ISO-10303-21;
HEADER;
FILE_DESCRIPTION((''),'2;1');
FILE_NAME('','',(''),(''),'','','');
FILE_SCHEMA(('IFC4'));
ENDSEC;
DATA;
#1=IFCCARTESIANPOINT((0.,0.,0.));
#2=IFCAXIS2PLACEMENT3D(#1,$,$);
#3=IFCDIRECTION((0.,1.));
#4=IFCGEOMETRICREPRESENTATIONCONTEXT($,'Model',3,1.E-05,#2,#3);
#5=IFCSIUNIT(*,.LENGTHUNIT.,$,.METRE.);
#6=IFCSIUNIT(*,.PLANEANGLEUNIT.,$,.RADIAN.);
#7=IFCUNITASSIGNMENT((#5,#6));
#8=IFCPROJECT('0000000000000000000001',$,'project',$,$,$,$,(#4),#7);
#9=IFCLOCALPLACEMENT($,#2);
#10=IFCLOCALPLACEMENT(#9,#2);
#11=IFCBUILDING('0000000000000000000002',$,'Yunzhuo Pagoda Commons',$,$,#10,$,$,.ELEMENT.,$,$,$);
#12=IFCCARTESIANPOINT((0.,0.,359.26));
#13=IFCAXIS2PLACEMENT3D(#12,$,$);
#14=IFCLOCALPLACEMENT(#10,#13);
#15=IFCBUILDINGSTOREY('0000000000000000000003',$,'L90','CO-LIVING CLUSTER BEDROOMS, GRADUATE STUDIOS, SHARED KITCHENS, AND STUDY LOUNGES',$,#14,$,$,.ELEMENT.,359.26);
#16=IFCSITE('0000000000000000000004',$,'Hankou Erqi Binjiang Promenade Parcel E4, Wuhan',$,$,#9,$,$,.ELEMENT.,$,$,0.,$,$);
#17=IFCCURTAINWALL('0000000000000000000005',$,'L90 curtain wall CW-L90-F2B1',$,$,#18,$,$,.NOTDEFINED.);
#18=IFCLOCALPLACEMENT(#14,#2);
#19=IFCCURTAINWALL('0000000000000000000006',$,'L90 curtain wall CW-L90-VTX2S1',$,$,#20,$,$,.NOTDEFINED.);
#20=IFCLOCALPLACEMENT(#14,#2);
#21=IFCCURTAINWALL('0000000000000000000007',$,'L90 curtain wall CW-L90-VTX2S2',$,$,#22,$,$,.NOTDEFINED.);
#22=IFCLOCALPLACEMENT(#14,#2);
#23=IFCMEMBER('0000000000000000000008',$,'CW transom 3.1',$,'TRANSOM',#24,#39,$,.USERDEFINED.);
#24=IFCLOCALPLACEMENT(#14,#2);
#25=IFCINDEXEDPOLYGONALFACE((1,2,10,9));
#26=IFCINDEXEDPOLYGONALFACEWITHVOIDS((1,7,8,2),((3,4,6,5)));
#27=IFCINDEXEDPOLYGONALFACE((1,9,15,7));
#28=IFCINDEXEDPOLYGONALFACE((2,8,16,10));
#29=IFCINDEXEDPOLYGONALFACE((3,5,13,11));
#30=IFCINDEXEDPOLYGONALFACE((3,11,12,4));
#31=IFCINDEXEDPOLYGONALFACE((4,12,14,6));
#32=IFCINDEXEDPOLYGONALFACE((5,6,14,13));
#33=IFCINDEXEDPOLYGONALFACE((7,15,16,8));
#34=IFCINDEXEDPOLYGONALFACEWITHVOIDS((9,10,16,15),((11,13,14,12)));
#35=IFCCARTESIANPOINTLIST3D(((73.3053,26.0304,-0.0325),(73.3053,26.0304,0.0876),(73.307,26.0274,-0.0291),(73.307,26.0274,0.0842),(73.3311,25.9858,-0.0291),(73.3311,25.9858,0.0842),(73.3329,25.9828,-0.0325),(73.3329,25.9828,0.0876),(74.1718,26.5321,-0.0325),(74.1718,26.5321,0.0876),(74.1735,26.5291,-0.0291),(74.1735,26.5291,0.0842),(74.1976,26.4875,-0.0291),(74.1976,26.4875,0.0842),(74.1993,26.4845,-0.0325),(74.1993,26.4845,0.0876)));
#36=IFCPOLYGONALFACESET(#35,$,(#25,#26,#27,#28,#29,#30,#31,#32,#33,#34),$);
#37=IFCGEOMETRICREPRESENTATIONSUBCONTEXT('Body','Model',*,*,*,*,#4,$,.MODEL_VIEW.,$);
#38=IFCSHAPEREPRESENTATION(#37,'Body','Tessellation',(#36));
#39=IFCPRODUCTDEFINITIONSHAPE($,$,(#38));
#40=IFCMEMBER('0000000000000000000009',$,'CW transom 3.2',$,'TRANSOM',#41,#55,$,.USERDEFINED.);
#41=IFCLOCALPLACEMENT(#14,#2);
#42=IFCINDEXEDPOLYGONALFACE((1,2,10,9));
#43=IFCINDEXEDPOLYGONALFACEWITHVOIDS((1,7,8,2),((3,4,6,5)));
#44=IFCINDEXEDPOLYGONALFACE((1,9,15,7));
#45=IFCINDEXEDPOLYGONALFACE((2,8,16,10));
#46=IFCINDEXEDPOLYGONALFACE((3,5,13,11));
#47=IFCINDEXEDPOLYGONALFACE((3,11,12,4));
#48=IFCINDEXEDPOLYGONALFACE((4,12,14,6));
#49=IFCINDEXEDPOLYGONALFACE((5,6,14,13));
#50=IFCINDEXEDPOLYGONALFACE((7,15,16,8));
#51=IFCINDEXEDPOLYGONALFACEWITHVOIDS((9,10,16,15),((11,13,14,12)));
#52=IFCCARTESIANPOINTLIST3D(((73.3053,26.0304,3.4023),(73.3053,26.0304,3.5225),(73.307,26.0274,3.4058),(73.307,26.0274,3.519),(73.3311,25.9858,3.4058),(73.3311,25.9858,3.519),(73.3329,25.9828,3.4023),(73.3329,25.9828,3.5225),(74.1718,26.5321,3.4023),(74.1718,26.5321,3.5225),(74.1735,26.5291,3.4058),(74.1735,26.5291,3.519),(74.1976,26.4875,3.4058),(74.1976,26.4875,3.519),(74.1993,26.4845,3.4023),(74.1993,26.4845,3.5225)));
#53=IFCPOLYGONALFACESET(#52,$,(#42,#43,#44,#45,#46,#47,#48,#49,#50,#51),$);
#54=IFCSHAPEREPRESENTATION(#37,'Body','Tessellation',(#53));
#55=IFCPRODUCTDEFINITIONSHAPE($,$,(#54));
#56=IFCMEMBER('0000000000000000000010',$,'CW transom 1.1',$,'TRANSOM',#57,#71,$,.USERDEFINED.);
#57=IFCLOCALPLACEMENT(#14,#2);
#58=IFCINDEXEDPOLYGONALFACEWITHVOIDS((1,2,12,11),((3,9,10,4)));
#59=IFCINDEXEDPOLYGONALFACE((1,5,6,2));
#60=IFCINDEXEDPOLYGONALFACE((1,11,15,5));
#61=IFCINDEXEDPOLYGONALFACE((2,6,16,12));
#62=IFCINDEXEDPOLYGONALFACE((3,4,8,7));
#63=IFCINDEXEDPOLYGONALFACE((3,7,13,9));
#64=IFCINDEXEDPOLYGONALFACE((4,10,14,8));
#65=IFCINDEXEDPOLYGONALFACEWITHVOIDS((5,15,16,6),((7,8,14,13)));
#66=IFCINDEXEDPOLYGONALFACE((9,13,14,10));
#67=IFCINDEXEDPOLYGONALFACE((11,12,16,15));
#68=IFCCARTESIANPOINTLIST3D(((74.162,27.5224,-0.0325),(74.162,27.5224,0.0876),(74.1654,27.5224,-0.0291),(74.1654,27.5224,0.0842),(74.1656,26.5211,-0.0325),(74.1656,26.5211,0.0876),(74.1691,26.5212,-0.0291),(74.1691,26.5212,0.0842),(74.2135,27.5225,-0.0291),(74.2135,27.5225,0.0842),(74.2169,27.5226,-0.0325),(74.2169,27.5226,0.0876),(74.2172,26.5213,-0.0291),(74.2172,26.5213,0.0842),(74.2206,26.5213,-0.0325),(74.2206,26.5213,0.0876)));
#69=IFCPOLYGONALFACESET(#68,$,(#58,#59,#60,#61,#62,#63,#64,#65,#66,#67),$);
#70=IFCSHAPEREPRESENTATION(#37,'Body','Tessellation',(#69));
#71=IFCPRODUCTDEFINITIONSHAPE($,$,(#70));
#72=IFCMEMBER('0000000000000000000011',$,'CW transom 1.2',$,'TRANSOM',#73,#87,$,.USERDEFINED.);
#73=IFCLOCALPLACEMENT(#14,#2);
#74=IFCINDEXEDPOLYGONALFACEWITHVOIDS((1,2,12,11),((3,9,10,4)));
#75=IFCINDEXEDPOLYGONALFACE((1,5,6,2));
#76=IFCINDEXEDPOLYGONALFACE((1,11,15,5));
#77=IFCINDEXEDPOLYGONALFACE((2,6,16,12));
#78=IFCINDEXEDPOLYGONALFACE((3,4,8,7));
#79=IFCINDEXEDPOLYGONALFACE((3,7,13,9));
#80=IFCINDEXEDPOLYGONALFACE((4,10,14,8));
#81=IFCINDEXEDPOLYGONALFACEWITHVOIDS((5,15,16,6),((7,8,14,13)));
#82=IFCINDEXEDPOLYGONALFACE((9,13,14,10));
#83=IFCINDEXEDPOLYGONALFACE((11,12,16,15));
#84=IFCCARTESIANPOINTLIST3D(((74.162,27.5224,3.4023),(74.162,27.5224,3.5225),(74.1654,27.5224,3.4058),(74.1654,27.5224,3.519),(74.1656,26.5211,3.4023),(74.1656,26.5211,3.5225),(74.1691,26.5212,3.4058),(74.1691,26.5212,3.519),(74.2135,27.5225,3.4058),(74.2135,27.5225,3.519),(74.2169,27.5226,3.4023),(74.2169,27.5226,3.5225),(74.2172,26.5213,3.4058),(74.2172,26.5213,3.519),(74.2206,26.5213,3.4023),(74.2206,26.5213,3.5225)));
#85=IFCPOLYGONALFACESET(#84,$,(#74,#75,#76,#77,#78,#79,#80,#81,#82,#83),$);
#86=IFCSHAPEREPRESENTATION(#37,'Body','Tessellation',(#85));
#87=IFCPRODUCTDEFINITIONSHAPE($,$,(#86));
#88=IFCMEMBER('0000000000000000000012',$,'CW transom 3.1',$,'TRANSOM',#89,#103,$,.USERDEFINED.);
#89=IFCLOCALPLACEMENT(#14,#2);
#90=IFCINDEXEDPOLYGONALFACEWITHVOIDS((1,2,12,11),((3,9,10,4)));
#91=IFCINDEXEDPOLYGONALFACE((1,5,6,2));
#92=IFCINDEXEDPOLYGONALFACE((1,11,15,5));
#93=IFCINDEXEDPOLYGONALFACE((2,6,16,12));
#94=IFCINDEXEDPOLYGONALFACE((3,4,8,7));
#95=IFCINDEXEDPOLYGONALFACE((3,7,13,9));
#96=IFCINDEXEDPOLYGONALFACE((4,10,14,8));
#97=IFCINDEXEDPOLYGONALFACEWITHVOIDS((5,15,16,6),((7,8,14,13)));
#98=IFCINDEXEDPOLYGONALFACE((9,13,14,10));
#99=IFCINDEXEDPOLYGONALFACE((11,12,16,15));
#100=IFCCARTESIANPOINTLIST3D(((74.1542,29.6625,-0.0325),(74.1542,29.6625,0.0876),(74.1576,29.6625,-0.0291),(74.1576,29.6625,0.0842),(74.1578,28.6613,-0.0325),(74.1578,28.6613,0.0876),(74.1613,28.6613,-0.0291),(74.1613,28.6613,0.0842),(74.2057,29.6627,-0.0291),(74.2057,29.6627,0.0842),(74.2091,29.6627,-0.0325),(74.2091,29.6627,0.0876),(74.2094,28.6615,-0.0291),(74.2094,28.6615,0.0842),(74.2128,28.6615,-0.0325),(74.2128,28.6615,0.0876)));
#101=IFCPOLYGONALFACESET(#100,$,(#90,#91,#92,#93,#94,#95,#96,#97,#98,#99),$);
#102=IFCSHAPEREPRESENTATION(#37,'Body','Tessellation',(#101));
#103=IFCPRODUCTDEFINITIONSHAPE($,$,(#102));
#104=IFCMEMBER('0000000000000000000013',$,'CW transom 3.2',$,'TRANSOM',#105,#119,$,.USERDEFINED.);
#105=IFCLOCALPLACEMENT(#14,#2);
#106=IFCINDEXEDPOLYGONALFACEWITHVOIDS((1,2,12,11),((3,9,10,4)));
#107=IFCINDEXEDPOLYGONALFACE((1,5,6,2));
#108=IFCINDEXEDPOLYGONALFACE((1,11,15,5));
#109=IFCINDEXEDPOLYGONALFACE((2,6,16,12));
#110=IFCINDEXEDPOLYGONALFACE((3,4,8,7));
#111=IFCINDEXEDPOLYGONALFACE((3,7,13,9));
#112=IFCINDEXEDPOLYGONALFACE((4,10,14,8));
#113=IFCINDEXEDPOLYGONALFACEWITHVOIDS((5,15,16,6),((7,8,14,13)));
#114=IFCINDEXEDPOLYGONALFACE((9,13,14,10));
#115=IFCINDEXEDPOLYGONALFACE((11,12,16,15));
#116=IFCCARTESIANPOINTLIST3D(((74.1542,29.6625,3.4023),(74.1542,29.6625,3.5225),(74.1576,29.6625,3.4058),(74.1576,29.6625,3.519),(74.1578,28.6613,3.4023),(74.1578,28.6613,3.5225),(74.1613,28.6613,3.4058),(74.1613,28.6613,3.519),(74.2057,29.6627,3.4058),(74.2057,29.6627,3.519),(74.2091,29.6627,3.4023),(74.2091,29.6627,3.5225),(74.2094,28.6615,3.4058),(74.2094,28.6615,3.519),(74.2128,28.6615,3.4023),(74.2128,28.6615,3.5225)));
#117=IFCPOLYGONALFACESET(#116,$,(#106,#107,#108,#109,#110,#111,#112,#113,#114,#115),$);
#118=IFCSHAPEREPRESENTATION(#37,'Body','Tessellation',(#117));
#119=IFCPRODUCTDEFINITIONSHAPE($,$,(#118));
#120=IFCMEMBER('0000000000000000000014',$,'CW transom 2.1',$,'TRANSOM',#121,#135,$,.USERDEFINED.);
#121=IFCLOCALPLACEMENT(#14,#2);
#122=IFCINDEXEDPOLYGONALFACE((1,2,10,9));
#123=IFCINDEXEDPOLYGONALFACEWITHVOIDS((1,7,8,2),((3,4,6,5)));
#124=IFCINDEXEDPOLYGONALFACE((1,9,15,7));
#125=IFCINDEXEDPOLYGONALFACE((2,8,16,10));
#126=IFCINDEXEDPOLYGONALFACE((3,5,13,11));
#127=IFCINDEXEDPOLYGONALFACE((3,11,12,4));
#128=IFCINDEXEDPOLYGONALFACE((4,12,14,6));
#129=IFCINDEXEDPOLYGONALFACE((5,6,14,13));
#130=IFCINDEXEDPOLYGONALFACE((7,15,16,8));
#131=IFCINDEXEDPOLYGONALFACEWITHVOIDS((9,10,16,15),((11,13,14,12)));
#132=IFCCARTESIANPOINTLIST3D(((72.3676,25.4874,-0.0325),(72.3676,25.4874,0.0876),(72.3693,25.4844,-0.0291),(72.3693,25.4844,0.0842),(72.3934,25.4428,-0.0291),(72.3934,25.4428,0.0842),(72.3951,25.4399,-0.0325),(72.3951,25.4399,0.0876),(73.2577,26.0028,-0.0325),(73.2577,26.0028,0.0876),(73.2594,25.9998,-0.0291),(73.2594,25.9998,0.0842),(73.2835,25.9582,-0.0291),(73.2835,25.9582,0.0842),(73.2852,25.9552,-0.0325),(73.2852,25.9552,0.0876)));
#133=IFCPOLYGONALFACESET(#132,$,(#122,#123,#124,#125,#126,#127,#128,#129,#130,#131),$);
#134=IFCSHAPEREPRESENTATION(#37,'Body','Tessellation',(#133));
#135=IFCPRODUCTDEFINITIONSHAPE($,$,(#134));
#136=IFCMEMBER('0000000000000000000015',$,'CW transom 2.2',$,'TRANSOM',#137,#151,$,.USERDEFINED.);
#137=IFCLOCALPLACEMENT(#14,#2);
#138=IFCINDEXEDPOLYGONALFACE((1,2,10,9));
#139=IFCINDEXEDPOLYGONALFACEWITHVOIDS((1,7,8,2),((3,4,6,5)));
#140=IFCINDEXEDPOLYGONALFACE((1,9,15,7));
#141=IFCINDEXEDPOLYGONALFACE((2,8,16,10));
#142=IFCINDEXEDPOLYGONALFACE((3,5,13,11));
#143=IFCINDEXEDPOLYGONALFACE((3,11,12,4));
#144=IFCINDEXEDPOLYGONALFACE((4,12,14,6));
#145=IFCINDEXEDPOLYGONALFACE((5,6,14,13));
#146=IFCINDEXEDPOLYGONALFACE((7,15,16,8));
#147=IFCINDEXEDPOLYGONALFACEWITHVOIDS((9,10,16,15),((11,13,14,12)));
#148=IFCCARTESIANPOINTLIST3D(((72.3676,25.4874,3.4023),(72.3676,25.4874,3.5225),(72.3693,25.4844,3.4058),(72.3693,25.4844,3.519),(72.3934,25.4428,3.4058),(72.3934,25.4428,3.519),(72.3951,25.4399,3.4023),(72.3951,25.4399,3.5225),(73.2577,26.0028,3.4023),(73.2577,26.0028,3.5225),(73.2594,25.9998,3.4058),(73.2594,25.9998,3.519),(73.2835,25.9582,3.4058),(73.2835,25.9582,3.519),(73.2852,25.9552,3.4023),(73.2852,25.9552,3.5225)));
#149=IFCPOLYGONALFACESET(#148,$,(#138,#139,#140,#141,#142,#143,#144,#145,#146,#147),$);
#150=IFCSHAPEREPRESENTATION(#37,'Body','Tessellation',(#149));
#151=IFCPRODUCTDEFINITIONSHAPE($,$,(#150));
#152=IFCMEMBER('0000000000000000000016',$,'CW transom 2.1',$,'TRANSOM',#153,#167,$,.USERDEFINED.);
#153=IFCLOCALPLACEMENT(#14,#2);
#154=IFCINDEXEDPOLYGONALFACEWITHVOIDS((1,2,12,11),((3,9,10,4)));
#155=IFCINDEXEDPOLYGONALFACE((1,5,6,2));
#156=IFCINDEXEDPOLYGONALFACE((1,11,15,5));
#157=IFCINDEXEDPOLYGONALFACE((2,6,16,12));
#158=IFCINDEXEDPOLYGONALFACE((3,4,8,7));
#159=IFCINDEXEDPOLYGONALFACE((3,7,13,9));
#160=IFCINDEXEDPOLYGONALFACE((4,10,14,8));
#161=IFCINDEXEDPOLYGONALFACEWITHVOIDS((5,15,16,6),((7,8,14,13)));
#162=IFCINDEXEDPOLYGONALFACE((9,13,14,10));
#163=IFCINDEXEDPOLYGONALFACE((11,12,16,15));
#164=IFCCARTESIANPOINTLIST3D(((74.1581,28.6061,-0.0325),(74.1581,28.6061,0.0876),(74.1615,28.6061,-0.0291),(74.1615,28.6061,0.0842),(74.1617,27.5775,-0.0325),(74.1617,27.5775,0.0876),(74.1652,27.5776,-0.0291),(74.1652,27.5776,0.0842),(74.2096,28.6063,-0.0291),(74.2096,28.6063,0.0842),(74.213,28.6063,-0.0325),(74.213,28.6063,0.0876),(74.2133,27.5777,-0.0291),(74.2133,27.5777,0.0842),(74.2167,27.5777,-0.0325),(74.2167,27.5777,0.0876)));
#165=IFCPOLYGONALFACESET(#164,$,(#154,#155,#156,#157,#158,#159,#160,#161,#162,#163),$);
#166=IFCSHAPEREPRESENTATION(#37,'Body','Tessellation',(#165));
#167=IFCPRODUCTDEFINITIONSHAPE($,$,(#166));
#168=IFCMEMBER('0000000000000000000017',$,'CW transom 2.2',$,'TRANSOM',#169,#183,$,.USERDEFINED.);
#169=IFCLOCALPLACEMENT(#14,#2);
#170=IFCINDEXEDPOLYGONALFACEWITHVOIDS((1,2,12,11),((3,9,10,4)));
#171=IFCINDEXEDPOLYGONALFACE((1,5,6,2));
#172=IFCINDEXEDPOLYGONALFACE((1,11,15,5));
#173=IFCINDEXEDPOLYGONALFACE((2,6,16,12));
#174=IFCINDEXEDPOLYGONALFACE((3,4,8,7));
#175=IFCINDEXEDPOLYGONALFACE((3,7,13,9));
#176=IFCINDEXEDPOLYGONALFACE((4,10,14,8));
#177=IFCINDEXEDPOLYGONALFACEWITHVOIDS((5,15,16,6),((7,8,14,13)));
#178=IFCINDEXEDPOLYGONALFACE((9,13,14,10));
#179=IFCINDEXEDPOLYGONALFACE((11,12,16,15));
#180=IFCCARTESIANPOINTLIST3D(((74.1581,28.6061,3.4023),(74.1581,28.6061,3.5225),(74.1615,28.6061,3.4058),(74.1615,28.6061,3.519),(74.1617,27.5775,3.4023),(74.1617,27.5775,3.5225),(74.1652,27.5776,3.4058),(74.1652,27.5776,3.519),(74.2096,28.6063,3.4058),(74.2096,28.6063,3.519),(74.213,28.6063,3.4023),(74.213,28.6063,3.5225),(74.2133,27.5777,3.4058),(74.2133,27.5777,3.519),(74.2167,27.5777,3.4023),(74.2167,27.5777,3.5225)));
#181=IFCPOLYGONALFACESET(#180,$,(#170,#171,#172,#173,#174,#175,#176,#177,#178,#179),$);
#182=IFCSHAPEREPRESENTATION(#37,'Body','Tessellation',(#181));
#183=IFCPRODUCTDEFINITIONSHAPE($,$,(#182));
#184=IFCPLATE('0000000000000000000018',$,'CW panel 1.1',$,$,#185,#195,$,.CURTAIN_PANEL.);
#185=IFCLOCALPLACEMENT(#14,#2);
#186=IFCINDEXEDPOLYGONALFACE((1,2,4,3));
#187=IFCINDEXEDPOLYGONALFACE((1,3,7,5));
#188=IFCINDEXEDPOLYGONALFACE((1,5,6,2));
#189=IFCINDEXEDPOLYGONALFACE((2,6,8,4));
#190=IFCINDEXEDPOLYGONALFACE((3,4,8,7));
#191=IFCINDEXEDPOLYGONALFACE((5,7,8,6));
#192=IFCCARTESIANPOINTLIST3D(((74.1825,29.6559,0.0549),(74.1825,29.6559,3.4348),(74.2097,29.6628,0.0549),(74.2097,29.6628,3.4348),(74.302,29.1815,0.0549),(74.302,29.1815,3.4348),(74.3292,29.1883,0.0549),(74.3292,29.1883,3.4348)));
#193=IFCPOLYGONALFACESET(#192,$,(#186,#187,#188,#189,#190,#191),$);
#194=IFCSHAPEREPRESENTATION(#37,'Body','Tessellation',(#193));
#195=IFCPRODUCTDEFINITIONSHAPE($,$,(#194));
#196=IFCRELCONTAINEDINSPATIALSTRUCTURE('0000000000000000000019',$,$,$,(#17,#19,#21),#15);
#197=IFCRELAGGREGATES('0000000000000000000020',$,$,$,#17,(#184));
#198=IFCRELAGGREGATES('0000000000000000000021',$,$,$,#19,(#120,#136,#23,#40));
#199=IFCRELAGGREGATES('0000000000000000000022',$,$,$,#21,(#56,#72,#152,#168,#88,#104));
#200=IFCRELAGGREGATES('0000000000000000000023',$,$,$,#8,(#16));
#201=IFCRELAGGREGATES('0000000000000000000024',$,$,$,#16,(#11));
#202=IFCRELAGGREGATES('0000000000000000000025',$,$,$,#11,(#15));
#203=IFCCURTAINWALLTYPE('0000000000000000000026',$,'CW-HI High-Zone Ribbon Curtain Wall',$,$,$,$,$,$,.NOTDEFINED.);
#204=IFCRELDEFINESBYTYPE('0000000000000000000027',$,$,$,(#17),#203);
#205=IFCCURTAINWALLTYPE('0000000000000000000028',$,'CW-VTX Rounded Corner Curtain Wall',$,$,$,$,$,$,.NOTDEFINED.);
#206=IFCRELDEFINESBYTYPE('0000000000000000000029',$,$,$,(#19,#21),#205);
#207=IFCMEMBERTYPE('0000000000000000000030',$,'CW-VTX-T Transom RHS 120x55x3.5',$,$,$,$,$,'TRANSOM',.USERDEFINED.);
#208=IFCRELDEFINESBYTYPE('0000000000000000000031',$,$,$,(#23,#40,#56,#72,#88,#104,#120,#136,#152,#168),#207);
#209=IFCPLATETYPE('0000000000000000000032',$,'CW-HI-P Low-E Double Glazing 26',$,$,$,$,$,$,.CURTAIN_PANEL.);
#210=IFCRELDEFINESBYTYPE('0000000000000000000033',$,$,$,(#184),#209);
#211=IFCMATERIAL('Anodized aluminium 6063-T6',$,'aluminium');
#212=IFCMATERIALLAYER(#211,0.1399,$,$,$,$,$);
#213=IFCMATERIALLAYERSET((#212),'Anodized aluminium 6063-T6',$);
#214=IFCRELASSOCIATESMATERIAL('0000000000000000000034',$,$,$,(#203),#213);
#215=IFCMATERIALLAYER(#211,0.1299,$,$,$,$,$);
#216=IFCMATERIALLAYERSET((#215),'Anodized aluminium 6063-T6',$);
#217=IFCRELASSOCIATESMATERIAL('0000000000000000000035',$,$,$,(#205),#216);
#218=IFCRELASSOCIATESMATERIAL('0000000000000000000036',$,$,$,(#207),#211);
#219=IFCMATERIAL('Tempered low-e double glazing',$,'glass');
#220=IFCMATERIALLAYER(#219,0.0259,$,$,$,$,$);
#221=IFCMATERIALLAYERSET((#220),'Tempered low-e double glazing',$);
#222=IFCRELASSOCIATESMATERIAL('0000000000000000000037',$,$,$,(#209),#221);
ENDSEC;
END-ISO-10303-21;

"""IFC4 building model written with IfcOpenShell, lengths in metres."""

from ifc_helpers import new_model, si_unit, direction, frame, origin, origin_2d, place, context, subcontext, project, spatial, rectangle, hollow_rectangle, extrude, source, transform, mapped, material, layer, layer_set, material_profile, profile_set, type_object, element, aggregate, save


model = new_model("IFC4")

# Units and contexts
model_context = context("Model", 3, precision=1e-05, world=origin(), true_north=direction((0.0, 1.0)))
body_context = subcontext(model_context, "Body", "Model", "MODEL_VIEW")
ifc_project = project(units=[si_unit("LENGTHUNIT", "METRE"), si_unit("PLANEANGLEUNIT", "RADIAN")], contexts=[model_context])

# Site, building, storey
site_placement = place(None, origin())
site = spatial("IfcSite", under=ifc_project, at=site_placement, Name="Hankou Erqi Binjiang Promenade Parcel E4, Wuhan", CompositionType="ELEMENT", RefElevation=0.0)
building_placement = place(site_placement, origin())
building = spatial("IfcBuilding", under=site, at=building_placement, Name="Yunzhuo Pagoda Commons", CompositionType="ELEMENT")
storey_placement = place(building_placement, frame((0.0, 0.0, 359.26)))
storey = spatial("IfcBuildingStorey", under=building, at=storey_placement, Name="L90", Description="CO-LIVING CLUSTER BEDROOMS, GRADUATE STUDIOS, SHARED KITCHENS, AND STUDY LOUNGES", CompositionType="ELEMENT", Elevation=359.26)

# Shared definitions
ifc_material_1 = material(Name="Anodized aluminium 6063-T6", Category="aluminium")
ifc_layer_1 = layer(ifc_material_1, 0.1399)
ifc_layer_set_1 = layer_set([ifc_layer_1], Name="Anodized aluminium 6063-T6")
curtain_wall_type_1 = type_object("IfcCurtainWallType", Name="CW-HI High-Zone Ribbon Curtain Wall", PredefinedType="NOTDEFINED", material=ifc_layer_set_1)

# Curtain walls
curtain_wall_1_placement = place(storey_placement, origin())
curtain_wall_1 = element("IfcCurtainWall", 1, at=curtain_wall_1_placement, inside=storey, type_object=curtain_wall_type_1, Name="L90 curtain wall CW-L90-F2B1", PredefinedType="NOTDEFINED")
ifc_layer_2 = layer(ifc_material_1, 0.1299)
ifc_layer_set_2 = layer_set([ifc_layer_2], Name="Anodized aluminium 6063-T6")
curtain_wall_type_2 = type_object("IfcCurtainWallType", Name="CW-VTX Rounded Corner Curtain Wall", PredefinedType="NOTDEFINED", material=ifc_layer_set_2)
curtain_wall_2_placement = place(storey_placement, origin())
curtain_wall_2 = element("IfcCurtainWall", 2, at=curtain_wall_2_placement, inside=storey, type_object=curtain_wall_type_2, Name="L90 curtain wall CW-L90-VTX2S1", PredefinedType="NOTDEFINED")
curtain_wall_3_placement = place(storey_placement, origin())
curtain_wall_3 = element("IfcCurtainWall", 3, at=curtain_wall_3_placement, inside=storey, type_object=curtain_wall_type_2, Name="L90 curtain wall CW-L90-VTX2S2", PredefinedType="NOTDEFINED")

# Members
ifc_material_profile_1 = material_profile(ifc_material_1, hollow_rectangle(XDim=0.0549, YDim=0.1201, WallThickness=0.0034, at=origin_2d()), Name="Anodized aluminium 6063-T6")
ifc_profile_set_1 = profile_set([ifc_material_profile_1], Name="Anodized aluminium 6063-T6")
member_type_1 = type_object("IfcMemberType", Name="CW-VTX-T Transom RHS 120x55x3.5", ElementType="TRANSOM", PredefinedType="USERDEFINED", material=ifc_profile_set_1)
shared_shape_1 = source(origin(), body_context, "Body", "SweptSolid", [
    extrude(hollow_rectangle(XDim=0.0549, YDim=0.1201, WallThickness=0.0034, at=origin_2d()), origin(), (0.0, 0.0, 1.0), 1.0012),
])
member_1_placement = place(storey_placement, frame((73.3191, 26.0066, 0.0276), z_axis=(0.865393, 0.501094, 0.0), x_axis=(-0.501094, 0.865393, 0.0)))
member_1 = element("IfcMember", 4, at=member_1_placement, type_object=member_type_1, Name="CW transom 3.1", ObjectType="TRANSOM", PredefinedType="USERDEFINED", context=body_context, shape_type="MappedRepresentation", body=[
    mapped(shared_shape_1, transform((0.0, 0.0, 0.0), scale=1.0)),
])
member_2_placement = place(storey_placement, frame((73.3191, 26.0066, 3.4624), z_axis=(0.865393, 0.501094, 0.0), x_axis=(-0.501094, 0.865393, 0.0)))
member_2 = element("IfcMember", 5, at=member_2_placement, type_object=member_type_1, Name="CW transom 3.2", ObjectType="TRANSOM", PredefinedType="USERDEFINED", context=body_context, shape_type="MappedRepresentation", body=[
    mapped(shared_shape_1, transform((0.0, 0.0, 0.0), scale=1.0)),
])
member_3_placement = place(storey_placement, frame((74.1931, 26.5212, 0.0276), z_axis=(-0.003658, 0.999993, 0.0), x_axis=(-0.999993, -0.003658, 0.0)))
member_3 = element("IfcMember", 6, at=member_3_placement, type_object=member_type_1, Name="CW transom 1.1", ObjectType="TRANSOM", PredefinedType="USERDEFINED", context=body_context, shape_type="MappedRepresentation", body=[
    mapped(shared_shape_1, transform((0.0, 0.0, 0.0), scale=1.0)),
])
member_4_placement = place(storey_placement, frame((74.1931, 26.5212, 3.4624), z_axis=(-0.003658, 0.999993, 0.0), x_axis=(-0.999993, -0.003658, 0.0)))
member_4 = element("IfcMember", 7, at=member_4_placement, type_object=member_type_1, Name="CW transom 1.2", ObjectType="TRANSOM", PredefinedType="USERDEFINED", context=body_context, shape_type="MappedRepresentation", body=[
    mapped(shared_shape_1, transform((0.0, 0.0, 0.0), scale=1.0)),
])
member_5_placement = place(storey_placement, frame((74.1853, 28.6614, 0.0276), z_axis=(-0.003658, 0.999993, 0.0), x_axis=(-0.999993, -0.003658, 0.0)))
member_5 = element("IfcMember", 8, at=member_5_placement, type_object=member_type_1, Name="CW transom 3.1", ObjectType="TRANSOM", PredefinedType="USERDEFINED", context=body_context, shape_type="MappedRepresentation", body=[
    mapped(shared_shape_1, transform((0.0, 0.0, 0.0), scale=1.0)),
])
member_6_placement = place(storey_placement, frame((74.1853, 28.6614, 3.4624), z_axis=(-0.003658, 0.999993, 0.0), x_axis=(-0.999993, -0.003658, 0.0)))
member_6 = element("IfcMember", 9, at=member_6_placement, type_object=member_type_1, Name="CW transom 3.2", ObjectType="TRANSOM", PredefinedType="USERDEFINED", context=body_context, shape_type="MappedRepresentation", body=[
    mapped(shared_shape_1, transform((0.0, 0.0, 0.0), scale=1.0)),
])
shared_shape_2 = source(origin(), body_context, "Body", "SweptSolid", [
    extrude(hollow_rectangle(XDim=0.0549, YDim=0.1201, WallThickness=0.0034, at=origin_2d()), origin(), (0.0, 0.0, 1.0), 1.0286),
])
member_7_placement = place(storey_placement, frame((72.3813, 25.4636, 0.0276), z_axis=(0.86541, 0.501064, 0.0), x_axis=(-0.501064, 0.86541, 0.0)))
member_7 = element("IfcMember", 10, at=member_7_placement, type_object=member_type_1, Name="CW transom 2.1", ObjectType="TRANSOM", PredefinedType="USERDEFINED", context=body_context, shape_type="MappedRepresentation", body=[
    mapped(shared_shape_2, transform((0.0, 0.0, 0.0), scale=1.0)),
])
member_8_placement = place(storey_placement, frame((72.3813, 25.4636, 3.4624), z_axis=(0.86541, 0.501064, 0.0), x_axis=(-0.501064, 0.86541, 0.0)))
member_8 = element("IfcMember", 11, at=member_8_placement, type_object=member_type_1, Name="CW transom 2.2", ObjectType="TRANSOM", PredefinedType="USERDEFINED", context=body_context, shape_type="MappedRepresentation", body=[
    mapped(shared_shape_2, transform((0.0, 0.0, 0.0), scale=1.0)),
])
member_9_placement = place(storey_placement, frame((74.1892, 27.5776, 0.0276), z_axis=(-0.00356, 0.999994, 0.0), x_axis=(-0.999994, -0.00356, 0.0)))
member_9 = element("IfcMember", 12, at=member_9_placement, type_object=member_type_1, Name="CW transom 2.1", ObjectType="TRANSOM", PredefinedType="USERDEFINED", context=body_context, shape_type="MappedRepresentation", body=[
    mapped(shared_shape_2, transform((0.0, 0.0, 0.0), scale=1.0)),
])
member_10_placement = place(storey_placement, frame((74.1892, 27.5776, 3.4624), z_axis=(-0.00356, 0.999994, 0.0), x_axis=(-0.999994, -0.00356, 0.0)))
member_10 = element("IfcMember", 13, at=member_10_placement, type_object=member_type_1, Name="CW transom 2.2", ObjectType="TRANSOM", PredefinedType="USERDEFINED", context=body_context, shape_type="MappedRepresentation", body=[
    mapped(shared_shape_2, transform((0.0, 0.0, 0.0), scale=1.0)),
])

# Plate
ifc_material_2 = material(Name="Tempered low-e double glazing", Category="glass")
ifc_layer_3 = layer(ifc_material_2, 0.0259)
ifc_layer_set_3 = layer_set([ifc_layer_3], Name="Tempered low-e double glazing")
plate_type_1 = type_object("IfcPlateType", Name="CW-HI-P Low-E Double Glazing 26", PredefinedType="CURTAIN_PANEL", material=ifc_layer_set_3)
shared_shape_3 = source(origin(), body_context, "Body", "SweptSolid", [
    extrude(rectangle(XDim=0.4893, YDim=0.0281, at=origin_2d()), origin(), (0.0, 0.0, 1.0), 3.3799),
])
plate_1_placement = place(storey_placement, frame((74.2559, 29.4221, 0.0549), z_axis=(0.0, 0.0, 1.0), x_axis=(0.244235, -0.969716, 0.0)))
plate_1 = element("IfcPlate", 14, at=plate_1_placement, type_object=plate_type_1, Name="CW panel 1.1", PredefinedType="CURTAIN_PANEL", context=body_context, shape_type="MappedRepresentation", body=[
    mapped(shared_shape_3, transform((0.0, 0.0, 0.0), scale=1.0)),
])
aggregate(curtain_wall_1, [plate_1])
aggregate(curtain_wall_2, [member_7, member_8, member_1, member_2])
aggregate(curtain_wall_3, [member_3, member_4, member_9, member_10, member_5, member_6])

save(model, "model.ifc")
